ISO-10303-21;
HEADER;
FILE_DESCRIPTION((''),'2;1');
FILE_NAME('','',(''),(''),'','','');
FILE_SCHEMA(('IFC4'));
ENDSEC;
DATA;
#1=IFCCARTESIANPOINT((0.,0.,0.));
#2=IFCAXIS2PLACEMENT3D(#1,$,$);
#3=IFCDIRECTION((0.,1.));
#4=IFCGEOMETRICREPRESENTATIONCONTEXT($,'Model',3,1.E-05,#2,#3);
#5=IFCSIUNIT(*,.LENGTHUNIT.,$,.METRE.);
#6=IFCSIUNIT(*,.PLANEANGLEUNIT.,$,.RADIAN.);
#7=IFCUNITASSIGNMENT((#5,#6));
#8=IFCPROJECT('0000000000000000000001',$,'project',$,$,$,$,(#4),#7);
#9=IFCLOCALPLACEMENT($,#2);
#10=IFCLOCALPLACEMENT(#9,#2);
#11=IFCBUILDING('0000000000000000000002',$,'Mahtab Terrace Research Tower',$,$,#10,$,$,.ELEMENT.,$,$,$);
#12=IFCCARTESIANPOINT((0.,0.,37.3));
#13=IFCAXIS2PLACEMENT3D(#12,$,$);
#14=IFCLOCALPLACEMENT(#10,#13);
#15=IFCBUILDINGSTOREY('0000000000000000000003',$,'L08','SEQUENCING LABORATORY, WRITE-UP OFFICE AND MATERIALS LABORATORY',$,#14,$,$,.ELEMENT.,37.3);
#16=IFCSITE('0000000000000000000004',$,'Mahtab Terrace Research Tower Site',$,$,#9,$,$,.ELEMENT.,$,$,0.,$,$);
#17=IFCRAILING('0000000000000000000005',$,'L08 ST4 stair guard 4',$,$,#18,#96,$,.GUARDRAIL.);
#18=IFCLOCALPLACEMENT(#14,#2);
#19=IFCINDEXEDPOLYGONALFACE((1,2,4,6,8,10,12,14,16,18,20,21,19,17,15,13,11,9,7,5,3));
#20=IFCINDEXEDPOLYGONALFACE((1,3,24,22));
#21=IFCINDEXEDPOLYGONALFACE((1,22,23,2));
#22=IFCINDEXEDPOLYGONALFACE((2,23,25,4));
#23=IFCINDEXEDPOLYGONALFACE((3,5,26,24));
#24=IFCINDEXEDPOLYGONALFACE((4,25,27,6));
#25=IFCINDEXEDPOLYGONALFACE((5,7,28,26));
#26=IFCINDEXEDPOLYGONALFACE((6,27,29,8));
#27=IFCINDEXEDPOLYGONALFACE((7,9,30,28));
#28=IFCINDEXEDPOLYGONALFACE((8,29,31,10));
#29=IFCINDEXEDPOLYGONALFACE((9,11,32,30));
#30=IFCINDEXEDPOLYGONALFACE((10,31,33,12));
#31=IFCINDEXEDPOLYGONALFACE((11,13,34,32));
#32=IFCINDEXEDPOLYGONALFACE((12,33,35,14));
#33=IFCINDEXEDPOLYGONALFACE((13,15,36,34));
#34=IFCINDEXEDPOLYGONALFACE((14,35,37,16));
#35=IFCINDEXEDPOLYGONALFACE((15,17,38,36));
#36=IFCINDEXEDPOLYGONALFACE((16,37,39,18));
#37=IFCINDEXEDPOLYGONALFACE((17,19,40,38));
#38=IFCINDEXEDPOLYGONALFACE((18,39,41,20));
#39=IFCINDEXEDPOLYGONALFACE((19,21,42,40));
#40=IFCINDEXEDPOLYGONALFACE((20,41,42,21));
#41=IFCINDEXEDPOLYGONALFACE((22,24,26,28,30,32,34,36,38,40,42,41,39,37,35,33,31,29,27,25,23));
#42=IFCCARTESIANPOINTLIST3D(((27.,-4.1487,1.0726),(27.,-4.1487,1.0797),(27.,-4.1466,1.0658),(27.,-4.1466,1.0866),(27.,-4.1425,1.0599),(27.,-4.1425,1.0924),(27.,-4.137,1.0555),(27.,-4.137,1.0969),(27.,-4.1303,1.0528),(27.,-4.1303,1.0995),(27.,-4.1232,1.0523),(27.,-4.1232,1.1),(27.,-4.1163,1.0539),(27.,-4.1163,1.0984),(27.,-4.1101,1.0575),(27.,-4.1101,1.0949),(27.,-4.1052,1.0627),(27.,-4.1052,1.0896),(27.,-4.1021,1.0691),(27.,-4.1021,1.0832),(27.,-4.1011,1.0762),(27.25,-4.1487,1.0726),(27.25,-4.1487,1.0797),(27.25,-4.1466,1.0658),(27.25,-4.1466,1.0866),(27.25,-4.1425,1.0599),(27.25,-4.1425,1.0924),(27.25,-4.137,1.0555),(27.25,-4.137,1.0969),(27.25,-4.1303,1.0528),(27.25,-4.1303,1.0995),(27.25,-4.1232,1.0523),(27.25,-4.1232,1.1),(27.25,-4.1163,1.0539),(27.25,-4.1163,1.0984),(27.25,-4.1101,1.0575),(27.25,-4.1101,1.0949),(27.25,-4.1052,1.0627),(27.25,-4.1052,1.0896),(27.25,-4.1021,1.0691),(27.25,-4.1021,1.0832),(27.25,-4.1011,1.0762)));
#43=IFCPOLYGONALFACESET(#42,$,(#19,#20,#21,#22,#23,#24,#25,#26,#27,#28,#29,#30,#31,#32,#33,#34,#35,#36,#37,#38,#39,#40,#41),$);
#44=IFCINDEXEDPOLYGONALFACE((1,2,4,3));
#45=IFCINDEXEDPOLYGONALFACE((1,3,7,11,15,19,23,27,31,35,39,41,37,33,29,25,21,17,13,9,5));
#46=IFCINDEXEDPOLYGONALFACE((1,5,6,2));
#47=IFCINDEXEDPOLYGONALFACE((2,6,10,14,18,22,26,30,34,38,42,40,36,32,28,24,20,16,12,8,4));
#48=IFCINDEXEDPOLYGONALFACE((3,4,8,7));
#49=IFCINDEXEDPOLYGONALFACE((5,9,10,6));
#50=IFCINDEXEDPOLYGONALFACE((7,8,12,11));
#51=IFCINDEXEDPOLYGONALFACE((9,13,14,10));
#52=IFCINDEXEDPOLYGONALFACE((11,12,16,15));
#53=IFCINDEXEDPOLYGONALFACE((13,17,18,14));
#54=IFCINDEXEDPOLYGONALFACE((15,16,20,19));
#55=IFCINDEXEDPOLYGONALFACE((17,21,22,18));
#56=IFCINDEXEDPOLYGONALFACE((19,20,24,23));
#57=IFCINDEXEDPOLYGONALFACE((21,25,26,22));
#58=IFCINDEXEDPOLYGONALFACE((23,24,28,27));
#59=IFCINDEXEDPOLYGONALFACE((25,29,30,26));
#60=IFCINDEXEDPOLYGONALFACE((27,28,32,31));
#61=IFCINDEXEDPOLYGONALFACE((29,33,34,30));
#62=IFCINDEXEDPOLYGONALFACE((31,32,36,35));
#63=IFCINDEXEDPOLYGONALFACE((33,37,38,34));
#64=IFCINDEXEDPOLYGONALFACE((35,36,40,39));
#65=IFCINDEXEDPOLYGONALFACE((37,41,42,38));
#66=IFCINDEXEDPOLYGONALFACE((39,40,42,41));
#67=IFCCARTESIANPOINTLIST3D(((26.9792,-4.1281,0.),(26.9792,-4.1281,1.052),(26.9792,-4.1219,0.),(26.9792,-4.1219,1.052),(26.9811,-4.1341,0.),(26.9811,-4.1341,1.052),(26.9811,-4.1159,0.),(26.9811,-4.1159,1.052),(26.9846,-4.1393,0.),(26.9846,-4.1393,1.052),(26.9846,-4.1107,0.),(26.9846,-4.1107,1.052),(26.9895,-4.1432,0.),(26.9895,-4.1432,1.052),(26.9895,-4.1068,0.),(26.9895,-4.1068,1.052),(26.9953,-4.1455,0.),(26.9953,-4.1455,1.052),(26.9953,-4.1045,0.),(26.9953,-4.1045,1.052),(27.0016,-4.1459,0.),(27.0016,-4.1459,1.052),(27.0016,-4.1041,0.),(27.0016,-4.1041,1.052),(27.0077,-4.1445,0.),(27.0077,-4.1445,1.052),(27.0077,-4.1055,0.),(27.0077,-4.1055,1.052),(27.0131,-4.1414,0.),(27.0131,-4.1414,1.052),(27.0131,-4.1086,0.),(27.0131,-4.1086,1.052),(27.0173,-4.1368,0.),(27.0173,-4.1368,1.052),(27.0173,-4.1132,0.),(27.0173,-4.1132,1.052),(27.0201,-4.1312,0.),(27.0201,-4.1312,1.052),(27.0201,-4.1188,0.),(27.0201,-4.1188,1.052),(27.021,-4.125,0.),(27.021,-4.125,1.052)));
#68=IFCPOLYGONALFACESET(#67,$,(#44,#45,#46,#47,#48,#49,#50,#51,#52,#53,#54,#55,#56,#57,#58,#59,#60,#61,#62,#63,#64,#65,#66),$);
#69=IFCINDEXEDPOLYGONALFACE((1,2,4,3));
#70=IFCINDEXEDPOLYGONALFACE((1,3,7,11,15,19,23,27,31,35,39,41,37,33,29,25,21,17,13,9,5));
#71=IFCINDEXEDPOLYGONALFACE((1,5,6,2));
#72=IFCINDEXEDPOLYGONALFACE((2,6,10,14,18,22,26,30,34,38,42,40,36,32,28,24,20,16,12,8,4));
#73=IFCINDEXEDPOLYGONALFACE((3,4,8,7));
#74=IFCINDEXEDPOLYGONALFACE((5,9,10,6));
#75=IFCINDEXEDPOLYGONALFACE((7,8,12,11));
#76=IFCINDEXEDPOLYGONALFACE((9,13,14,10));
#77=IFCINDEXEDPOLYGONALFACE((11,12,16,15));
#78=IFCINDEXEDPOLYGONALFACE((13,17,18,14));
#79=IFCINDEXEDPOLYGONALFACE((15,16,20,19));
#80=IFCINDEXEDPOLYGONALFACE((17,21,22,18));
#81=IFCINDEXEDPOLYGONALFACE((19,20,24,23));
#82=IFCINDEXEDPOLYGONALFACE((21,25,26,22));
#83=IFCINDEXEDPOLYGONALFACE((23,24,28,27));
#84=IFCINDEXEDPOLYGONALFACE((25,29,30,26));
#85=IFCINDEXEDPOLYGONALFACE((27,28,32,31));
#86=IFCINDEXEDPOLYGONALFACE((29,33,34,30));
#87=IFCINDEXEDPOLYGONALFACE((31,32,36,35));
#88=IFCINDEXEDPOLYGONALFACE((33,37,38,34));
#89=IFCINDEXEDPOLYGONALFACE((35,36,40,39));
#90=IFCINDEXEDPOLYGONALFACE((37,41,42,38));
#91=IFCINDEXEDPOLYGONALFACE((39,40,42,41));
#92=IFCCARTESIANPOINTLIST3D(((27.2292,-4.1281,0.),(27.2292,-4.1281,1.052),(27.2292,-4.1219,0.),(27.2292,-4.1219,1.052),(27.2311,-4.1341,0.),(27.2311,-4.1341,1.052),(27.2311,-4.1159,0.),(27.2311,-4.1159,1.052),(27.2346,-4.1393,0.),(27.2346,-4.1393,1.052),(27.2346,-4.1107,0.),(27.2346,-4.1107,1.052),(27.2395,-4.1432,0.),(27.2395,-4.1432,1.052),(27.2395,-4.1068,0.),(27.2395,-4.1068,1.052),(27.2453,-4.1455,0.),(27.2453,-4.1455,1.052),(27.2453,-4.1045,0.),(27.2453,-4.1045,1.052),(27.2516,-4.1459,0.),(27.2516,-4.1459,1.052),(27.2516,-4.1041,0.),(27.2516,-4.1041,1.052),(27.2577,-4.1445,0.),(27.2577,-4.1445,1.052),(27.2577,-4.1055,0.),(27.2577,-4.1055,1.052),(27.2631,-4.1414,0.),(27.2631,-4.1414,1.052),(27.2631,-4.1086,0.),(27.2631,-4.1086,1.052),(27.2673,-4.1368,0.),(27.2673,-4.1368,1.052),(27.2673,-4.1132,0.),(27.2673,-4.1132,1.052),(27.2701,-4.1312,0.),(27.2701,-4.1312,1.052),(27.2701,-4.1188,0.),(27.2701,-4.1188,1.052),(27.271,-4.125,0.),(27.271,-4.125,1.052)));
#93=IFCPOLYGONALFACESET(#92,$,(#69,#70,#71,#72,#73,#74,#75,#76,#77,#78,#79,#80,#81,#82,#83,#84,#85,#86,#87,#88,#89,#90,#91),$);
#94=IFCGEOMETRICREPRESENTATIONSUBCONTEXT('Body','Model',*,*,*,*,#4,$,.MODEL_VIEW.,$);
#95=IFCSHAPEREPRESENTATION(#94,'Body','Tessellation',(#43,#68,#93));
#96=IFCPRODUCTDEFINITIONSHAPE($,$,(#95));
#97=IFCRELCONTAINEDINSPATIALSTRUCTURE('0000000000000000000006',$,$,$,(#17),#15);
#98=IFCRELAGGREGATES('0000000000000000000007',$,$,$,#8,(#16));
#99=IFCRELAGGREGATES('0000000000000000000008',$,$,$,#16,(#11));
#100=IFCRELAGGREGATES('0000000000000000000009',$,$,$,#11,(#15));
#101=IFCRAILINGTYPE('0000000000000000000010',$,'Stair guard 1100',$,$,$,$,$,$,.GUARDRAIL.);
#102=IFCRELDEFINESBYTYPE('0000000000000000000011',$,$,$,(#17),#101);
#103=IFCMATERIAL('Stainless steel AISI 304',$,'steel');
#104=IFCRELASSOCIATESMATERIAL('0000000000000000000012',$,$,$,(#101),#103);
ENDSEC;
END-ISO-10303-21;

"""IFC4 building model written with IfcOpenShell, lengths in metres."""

from ifc_helpers import new_model, si_unit, direction, frame, origin, origin_2d, place, context, subcontext, project, spatial, circle, extrude, material, type_object, element, save


model = new_model("IFC4")

# Units and contexts
model_context = context("Model", 3, precision=1e-05, world=origin(), true_north=direction((0.0, 1.0)))
body_context = subcontext(model_context, "Body", "Model", "MODEL_VIEW")
ifc_project = project(units=[si_unit("LENGTHUNIT", "METRE"), si_unit("PLANEANGLEUNIT", "RADIAN")], contexts=[model_context])

# Site, building, storey
site_placement = place(None, origin())
site = spatial("IfcSite", under=ifc_project, at=site_placement, Name="Mahtab Terrace Research Tower Site", CompositionType="ELEMENT", RefElevation=0.0)
building_placement = place(site_placement, origin())
building = spatial("IfcBuilding", under=site, at=building_placement, Name="Mahtab Terrace Research Tower", CompositionType="ELEMENT")
storey_placement = place(building_placement, frame((0.0, 0.0, 37.3)))
storey = spatial("IfcBuildingStorey", under=building, at=storey_placement, Name="L08", Description="SEQUENCING LABORATORY, WRITE-UP OFFICE AND MATERIALS LABORATORY", CompositionType="ELEMENT", Elevation=37.3)

# Railing
ifc_material_1 = material(Name="Stainless steel AISI 304", Category="steel")
railing_type_1 = type_object("IfcRailingType", Name="Stair guard 1100", PredefinedType="GUARDRAIL", material=ifc_material_1)
railing_1_placement = place(storey_placement, frame((27.0, -4.125, 0.0)))
element("IfcRailing", 1, at=railing_1_placement, inside=storey, type_object=railing_type_1, Name="L08 ST4 stair guard 4", PredefinedType="GUARDRAIL", context=body_context, shape_type="SweptSolid", body=[
    extrude(circle(Radius=0.0239, at=origin_2d()), frame((0.0, 0.0, 1.0762), z_axis=(1.0, 0.0, 0.0), x_axis=(0.0, 1.0, 0.0)), (0.0, 0.0, 1.0), 0.25),
    extrude(circle(Radius=0.021, at=origin_2d()), origin(), (0.0, 0.0, 1.0), 1.052),
    extrude(circle(Radius=0.021, at=origin_2d()), frame((0.25, 0.0, 0.0)), (0.0, 0.0, 1.0), 1.052),
])

save(model, "model.ifc")
